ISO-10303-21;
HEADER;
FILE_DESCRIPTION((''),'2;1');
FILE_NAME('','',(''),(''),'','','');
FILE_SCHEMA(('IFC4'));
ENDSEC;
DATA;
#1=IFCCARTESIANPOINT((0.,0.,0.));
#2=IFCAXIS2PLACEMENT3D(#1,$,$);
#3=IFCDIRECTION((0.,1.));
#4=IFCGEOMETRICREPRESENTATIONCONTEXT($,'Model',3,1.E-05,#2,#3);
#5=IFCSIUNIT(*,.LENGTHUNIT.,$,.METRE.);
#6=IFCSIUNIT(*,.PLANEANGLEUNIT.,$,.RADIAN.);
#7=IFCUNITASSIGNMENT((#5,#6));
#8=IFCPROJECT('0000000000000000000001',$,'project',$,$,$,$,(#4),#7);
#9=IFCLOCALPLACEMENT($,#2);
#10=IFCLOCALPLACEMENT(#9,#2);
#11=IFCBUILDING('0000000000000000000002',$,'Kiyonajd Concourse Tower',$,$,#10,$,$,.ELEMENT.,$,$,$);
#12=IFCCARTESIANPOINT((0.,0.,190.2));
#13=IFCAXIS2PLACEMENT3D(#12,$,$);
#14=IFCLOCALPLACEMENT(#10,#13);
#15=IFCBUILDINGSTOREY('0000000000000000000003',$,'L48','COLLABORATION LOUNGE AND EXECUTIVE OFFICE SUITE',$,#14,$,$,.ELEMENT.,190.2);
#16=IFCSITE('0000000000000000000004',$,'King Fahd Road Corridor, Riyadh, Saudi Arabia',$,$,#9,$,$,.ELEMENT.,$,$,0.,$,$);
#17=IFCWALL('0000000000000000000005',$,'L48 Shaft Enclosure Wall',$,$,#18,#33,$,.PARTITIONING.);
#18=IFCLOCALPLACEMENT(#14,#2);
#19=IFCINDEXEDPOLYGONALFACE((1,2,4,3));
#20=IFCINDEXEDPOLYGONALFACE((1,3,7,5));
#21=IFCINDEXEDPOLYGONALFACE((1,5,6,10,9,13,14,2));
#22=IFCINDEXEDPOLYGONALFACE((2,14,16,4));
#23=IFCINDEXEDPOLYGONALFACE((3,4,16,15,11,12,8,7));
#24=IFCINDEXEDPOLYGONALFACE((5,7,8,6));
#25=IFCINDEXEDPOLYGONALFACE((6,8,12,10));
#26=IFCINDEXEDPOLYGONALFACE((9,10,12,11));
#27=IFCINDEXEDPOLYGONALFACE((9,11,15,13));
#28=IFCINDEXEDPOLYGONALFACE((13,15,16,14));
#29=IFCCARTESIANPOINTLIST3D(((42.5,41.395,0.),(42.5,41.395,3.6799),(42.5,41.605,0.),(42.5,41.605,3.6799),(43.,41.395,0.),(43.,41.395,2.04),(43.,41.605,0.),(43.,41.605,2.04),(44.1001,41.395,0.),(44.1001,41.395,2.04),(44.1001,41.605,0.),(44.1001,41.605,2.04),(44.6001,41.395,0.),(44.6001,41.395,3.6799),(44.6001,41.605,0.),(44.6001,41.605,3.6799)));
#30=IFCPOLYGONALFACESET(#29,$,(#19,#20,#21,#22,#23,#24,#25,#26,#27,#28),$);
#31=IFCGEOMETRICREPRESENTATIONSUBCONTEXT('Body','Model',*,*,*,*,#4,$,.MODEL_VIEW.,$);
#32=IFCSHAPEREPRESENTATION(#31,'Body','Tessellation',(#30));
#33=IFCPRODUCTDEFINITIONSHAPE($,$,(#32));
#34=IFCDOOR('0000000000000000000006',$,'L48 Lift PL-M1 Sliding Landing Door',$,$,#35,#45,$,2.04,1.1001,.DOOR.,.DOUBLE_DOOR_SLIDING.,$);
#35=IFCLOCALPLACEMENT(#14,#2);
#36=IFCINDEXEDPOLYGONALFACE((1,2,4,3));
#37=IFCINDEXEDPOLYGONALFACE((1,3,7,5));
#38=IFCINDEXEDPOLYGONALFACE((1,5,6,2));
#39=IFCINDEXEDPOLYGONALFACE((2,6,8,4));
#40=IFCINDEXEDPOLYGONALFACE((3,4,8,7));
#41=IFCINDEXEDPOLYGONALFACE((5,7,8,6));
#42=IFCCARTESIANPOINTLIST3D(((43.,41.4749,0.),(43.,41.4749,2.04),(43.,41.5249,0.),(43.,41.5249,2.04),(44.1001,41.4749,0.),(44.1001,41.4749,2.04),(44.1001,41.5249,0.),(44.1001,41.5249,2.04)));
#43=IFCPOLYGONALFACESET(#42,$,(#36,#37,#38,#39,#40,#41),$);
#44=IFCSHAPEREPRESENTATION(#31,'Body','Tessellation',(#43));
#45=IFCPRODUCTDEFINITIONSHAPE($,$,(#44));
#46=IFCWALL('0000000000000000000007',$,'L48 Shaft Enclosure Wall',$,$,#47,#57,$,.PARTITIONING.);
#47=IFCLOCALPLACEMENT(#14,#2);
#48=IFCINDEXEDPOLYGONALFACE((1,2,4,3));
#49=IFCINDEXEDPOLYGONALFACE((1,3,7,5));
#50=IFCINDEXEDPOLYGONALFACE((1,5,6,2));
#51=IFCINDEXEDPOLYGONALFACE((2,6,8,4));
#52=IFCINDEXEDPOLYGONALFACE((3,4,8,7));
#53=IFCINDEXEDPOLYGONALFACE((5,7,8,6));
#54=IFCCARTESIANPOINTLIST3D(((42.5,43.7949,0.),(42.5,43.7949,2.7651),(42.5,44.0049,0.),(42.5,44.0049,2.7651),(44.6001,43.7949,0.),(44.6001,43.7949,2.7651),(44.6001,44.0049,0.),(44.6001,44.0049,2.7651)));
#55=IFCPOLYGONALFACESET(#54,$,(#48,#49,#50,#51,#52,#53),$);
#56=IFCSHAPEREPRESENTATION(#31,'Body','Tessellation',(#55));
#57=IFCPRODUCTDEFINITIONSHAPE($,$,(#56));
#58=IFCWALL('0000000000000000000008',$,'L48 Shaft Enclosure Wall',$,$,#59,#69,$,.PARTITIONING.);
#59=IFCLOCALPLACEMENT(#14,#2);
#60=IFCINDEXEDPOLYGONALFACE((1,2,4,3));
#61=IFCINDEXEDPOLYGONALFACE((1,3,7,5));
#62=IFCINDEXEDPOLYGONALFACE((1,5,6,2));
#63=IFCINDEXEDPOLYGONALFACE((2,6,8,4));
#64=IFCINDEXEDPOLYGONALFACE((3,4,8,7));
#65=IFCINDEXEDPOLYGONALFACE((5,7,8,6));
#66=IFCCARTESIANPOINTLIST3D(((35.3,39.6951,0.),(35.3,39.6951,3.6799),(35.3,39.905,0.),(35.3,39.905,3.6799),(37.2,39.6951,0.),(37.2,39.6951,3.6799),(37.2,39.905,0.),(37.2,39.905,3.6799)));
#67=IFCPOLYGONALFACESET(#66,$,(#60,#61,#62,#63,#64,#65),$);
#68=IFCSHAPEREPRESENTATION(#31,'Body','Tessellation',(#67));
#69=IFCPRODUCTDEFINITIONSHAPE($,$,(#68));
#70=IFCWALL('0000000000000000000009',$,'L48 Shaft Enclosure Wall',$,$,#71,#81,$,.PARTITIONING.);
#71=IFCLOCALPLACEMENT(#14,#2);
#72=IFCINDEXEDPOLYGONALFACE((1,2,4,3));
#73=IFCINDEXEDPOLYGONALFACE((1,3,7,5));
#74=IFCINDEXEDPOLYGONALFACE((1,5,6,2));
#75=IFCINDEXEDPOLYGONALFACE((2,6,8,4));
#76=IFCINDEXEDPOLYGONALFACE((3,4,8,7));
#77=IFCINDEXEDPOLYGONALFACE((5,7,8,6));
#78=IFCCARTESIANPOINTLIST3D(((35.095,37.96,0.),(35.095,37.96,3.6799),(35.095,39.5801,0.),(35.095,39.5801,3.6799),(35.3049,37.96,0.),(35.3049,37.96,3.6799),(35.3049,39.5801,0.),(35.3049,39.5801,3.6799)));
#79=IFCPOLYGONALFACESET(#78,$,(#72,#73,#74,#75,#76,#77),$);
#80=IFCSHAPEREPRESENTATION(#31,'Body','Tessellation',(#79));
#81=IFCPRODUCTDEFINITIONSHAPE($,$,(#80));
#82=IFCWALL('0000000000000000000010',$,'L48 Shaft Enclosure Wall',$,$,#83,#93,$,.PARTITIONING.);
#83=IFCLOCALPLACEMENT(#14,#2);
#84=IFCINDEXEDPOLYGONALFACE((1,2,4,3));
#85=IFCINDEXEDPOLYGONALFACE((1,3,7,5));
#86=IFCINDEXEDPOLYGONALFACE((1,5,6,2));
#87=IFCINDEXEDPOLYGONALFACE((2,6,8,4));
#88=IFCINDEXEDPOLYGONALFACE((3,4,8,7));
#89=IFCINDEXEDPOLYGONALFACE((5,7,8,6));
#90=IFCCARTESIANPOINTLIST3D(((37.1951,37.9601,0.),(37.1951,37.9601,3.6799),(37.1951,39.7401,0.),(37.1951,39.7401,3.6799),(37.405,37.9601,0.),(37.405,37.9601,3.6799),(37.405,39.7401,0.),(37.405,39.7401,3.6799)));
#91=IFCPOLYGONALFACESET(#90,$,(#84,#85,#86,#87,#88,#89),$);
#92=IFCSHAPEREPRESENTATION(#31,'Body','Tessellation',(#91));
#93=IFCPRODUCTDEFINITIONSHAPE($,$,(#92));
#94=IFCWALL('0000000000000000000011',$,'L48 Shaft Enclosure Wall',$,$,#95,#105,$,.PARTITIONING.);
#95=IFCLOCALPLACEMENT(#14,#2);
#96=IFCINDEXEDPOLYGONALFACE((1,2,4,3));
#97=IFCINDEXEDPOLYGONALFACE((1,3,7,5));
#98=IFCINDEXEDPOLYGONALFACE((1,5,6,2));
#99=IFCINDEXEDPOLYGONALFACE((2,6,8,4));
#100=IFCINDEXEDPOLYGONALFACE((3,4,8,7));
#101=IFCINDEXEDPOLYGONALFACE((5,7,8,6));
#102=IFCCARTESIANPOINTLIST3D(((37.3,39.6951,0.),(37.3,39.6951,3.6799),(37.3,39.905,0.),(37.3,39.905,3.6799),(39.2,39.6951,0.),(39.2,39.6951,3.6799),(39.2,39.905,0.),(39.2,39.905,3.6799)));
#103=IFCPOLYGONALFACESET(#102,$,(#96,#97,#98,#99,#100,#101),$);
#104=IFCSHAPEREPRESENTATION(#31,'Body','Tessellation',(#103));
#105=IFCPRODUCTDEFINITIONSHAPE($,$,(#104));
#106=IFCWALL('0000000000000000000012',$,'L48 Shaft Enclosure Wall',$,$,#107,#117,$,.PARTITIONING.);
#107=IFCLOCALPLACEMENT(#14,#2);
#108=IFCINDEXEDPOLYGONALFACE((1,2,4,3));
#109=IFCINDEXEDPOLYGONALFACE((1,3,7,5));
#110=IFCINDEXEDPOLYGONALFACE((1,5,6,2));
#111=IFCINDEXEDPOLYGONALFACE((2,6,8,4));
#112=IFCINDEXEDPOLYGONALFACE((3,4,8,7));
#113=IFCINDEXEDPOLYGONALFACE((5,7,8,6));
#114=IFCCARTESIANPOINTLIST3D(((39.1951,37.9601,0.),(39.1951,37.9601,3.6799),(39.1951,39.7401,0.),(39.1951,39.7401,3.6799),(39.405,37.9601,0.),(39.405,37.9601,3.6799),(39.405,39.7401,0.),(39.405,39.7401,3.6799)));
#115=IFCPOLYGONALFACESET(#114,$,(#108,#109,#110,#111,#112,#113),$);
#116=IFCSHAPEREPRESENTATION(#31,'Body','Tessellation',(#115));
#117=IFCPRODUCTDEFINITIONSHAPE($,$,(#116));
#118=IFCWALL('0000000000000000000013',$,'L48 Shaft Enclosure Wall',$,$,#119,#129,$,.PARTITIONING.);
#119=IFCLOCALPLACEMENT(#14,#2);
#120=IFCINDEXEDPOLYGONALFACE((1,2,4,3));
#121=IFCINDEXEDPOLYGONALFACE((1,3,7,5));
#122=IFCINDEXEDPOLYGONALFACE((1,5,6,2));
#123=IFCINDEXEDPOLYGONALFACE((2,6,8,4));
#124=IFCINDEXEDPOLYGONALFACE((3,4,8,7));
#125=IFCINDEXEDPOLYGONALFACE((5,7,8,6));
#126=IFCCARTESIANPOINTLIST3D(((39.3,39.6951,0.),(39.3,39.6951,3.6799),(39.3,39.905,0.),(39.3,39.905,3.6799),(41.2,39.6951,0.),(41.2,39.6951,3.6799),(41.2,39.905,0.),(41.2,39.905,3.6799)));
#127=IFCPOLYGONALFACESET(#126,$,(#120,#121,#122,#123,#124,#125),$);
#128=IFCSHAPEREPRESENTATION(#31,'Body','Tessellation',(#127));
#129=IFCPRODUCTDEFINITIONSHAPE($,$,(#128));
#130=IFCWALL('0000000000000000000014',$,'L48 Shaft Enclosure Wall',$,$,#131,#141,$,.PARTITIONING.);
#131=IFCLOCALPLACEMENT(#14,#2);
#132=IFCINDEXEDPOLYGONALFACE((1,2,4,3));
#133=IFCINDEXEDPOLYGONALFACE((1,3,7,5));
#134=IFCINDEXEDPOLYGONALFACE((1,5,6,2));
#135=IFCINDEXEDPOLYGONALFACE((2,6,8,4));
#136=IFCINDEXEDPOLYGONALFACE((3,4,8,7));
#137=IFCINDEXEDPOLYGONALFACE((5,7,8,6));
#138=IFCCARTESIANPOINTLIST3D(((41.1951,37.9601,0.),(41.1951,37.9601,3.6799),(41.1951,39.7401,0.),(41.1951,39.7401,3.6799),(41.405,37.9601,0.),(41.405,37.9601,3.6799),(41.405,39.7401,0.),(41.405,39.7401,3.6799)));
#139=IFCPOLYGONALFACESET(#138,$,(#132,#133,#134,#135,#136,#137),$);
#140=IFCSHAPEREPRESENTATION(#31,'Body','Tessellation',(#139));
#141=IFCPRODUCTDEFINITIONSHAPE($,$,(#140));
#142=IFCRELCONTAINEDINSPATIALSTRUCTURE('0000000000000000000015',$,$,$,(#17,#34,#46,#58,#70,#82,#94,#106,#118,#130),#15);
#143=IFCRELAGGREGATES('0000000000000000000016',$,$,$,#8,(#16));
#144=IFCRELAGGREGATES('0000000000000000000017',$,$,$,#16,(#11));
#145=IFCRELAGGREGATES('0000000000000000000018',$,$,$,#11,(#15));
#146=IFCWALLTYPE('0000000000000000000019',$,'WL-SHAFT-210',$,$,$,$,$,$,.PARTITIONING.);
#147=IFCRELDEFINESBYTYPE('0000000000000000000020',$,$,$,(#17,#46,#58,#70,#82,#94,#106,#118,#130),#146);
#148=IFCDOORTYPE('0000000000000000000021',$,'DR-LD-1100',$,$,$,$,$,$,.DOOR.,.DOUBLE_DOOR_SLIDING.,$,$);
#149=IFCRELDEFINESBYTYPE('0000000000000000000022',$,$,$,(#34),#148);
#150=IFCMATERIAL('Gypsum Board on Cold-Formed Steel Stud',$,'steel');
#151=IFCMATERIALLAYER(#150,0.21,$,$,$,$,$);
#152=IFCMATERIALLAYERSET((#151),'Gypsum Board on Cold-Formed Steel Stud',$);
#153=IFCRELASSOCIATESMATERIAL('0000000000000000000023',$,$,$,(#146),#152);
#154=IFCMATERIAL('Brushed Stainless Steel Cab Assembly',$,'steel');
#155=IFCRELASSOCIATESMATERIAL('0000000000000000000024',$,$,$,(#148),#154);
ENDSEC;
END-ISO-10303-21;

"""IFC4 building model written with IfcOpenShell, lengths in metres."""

from ifc_helpers import new_model, si_unit, direction, frame, frame_2d, origin, place, context, subcontext, project, spatial, rectangle, extrude, material, layer, layer_set, type_object, element, fill, save


model = new_model("IFC4")

# Units and contexts
model_context = context("Model", 3, precision=1e-05, world=origin(), true_north=direction((0.0, 1.0)))
body_context = subcontext(model_context, "Body", "Model", "MODEL_VIEW")
ifc_project = project(units=[si_unit("LENGTHUNIT", "METRE"), si_unit("PLANEANGLEUNIT", "RADIAN")], contexts=[model_context])

# Site, building, storey
site_placement = place(None, origin())
site = spatial("IfcSite", under=ifc_project, at=site_placement, Name="King Fahd Road Corridor, Riyadh, Saudi Arabia", CompositionType="ELEMENT", RefElevation=0.0)
building_placement = place(site_placement, origin())
building = spatial("IfcBuilding", under=site, at=building_placement, Name="Kiyonajd Concourse Tower", CompositionType="ELEMENT")
storey_placement = place(building_placement, frame((0.0, 0.0, 190.2)))
storey = spatial("IfcBuildingStorey", under=building, at=storey_placement, Name="L48", Description="COLLABORATION LOUNGE AND EXECUTIVE OFFICE SUITE", CompositionType="ELEMENT", Elevation=190.2)

# Shared definitions
ifc_material_1 = material(Name="Gypsum Board on Cold-Formed Steel Stud", Category="steel")
ifc_layer_1 = layer(ifc_material_1, 0.21)
ifc_layer_set_1 = layer_set([ifc_layer_1], Name="Gypsum Board on Cold-Formed Steel Stud")
wall_type_1 = type_object("IfcWallType", Name="WL-SHAFT-210", PredefinedType="PARTITIONING", material=ifc_layer_set_1)

# Wall, opening, door
wall_1_placement = place(storey_placement, frame((42.5, 41.5, 0.0), z_axis=(0.0, 0.0, 1.0), x_axis=(1.0, 0.0, 0.0)))
wall_1 = element("IfcWall", 1, at=wall_1_placement, inside=storey, type_object=wall_type_1, Name="L48 Shaft Enclosure Wall", PredefinedType="PARTITIONING", context=body_context, shape_type="SweptSolid", body=[
    extrude(rectangle(XDim=2.1001, YDim=0.21, at=frame_2d((1.05, 0.0))), origin(), (0.0, 0.0, 1.0), 3.6799),
])
opening_1_placement = place(wall_1_placement, frame((0.5, 0.0, 0.0)))
opening_1 = element("IfcOpeningElement", 2, at=opening_1_placement, cuts=wall_1, PredefinedType="OPENING", context=body_context, shape_type="SweptSolid", body=[
    extrude(rectangle(XDim=1.1001, YDim=2.04, at=frame_2d((0.55, 1.02))), frame((0.0, 0.115, 0.0), z_axis=(0.0, -1.0, 0.0), x_axis=(1.0, 0.0, 0.0)), (0.0, 0.0, 1.0), 0.23),
])
ifc_material_2 = material(Name="Brushed Stainless Steel Cab Assembly", Category="steel")
door_type_1 = type_object("IfcDoorType", Name="DR-LD-1100", OperationType="DOUBLE_DOOR_SLIDING", PredefinedType="DOOR", material=ifc_material_2)
door_1_placement = place(opening_1_placement, origin())
door_1 = element("IfcDoor", 3, at=door_1_placement, inside=storey, type_object=door_type_1, Name="L48 Lift PL-M1 Sliding Landing Door", OperationType="DOUBLE_DOOR_SLIDING", OverallHeight=2.04, OverallWidth=1.1001, PredefinedType="DOOR", context=body_context, shape_type="SweptSolid", body=[
    extrude(rectangle(XDim=1.1001, YDim=2.04, at=frame_2d((0.55, 1.02))), frame((0.0, 0.0249, 0.0), z_axis=(0.0, -1.0, 0.0), x_axis=(1.0, 0.0, 0.0)), (0.0, 0.0, 1.0), 0.05),
])
fill(opening_1, door_1)

# Walls
wall_2_placement = place(storey_placement, frame((42.5, 43.8999, 0.0), z_axis=(0.0, 0.0, 1.0), x_axis=(1.0, 0.0, 0.0)))
element("IfcWall", 4, at=wall_2_placement, inside=storey, type_object=wall_type_1, Name="L48 Shaft Enclosure Wall", PredefinedType="PARTITIONING", context=body_context, shape_type="SweptSolid", body=[
    extrude(rectangle(XDim=2.1001, YDim=0.21, at=frame_2d((1.05, 0.0))), origin(), (0.0, 0.0, 1.0), 2.7651),
])
wall_3_placement = place(storey_placement, frame((35.3, 39.8, 0.0), z_axis=(0.0, 0.0, 1.0), x_axis=(1.0, 0.0, 0.0)))
element("IfcWall", 5, at=wall_3_placement, inside=storey, type_object=wall_type_1, Name="L48 Shaft Enclosure Wall", PredefinedType="PARTITIONING", context=body_context, shape_type="SweptSolid", body=[
    extrude(rectangle(XDim=1.8999, YDim=0.21, at=frame_2d((0.95, 0.0))), origin(), (0.0, 0.0, 1.0), 3.6799),
])
wall_4_placement = place(storey_placement, frame((35.2, 37.96, 0.0), z_axis=(0.0, 0.0, 1.0), x_axis=(0.0, 1.0, 0.0)))
element("IfcWall", 6, at=wall_4_placement, inside=storey, type_object=wall_type_1, Name="L48 Shaft Enclosure Wall", PredefinedType="PARTITIONING", context=body_context, shape_type="SweptSolid", body=[
    extrude(rectangle(XDim=1.6201, YDim=0.21, at=frame_2d((0.8101, 0.0))), origin(), (0.0, 0.0, 1.0), 3.6799),
])
wall_5_placement = place(storey_placement, frame((37.3, 37.96, 0.0), z_axis=(0.0, 0.0, 1.0), x_axis=(0.0, 1.0, 0.0)))
element("IfcWall", 7, at=wall_5_placement, inside=storey, type_object=wall_type_1, Name="L48 Shaft Enclosure Wall", PredefinedType="PARTITIONING", context=body_context, shape_type="SweptSolid", body=[
    extrude(rectangle(XDim=1.78, YDim=0.21, at=frame_2d((0.8901, 0.0))), origin(), (0.0, 0.0, 1.0), 3.6799),
])
wall_6_placement = place(storey_placement, frame((37.3, 39.8, 0.0), z_axis=(0.0, 0.0, 1.0), x_axis=(1.0, 0.0, 0.0)))
element("IfcWall", 8, at=wall_6_placement, inside=storey, type_object=wall_type_1, Name="L48 Shaft Enclosure Wall", PredefinedType="PARTITIONING", context=body_context, shape_type="SweptSolid", body=[
    extrude(rectangle(XDim=1.8999, YDim=0.21, at=frame_2d((0.95, 0.0))), origin(), (0.0, 0.0, 1.0), 3.6799),
])
wall_7_placement = place(storey_placement, frame((39.3, 37.96, 0.0), z_axis=(0.0, 0.0, 1.0), x_axis=(0.0, 1.0, 0.0)))
element("IfcWall", 9, at=wall_7_placement, inside=storey, type_object=wall_type_1, Name="L48 Shaft Enclosure Wall", PredefinedType="PARTITIONING", context=body_context, shape_type="SweptSolid", body=[
    extrude(rectangle(XDim=1.78, YDim=0.21, at=frame_2d((0.8901, 0.0))), origin(), (0.0, 0.0, 1.0), 3.6799),
])
wall_8_placement = place(storey_placement, frame((39.3, 39.8, 0.0), z_axis=(0.0, 0.0, 1.0), x_axis=(1.0, 0.0, 0.0)))
element("IfcWall", 10, at=wall_8_placement, inside=storey, type_object=wall_type_1, Name="L48 Shaft Enclosure Wall", PredefinedType="PARTITIONING", context=body_context, shape_type="SweptSolid", body=[
    extrude(rectangle(XDim=1.8999, YDim=0.21, at=frame_2d((0.95, 0.0))), origin(), (0.0, 0.0, 1.0), 3.6799),
])
wall_9_placement = place(storey_placement, frame((41.3, 37.96, 0.0), z_axis=(0.0, 0.0, 1.0), x_axis=(0.0, 1.0, 0.0)))
element("IfcWall", 11, at=wall_9_placement, inside=storey, type_object=wall_type_1, Name="L48 Shaft Enclosure Wall", PredefinedType="PARTITIONING", context=body_context, shape_type="SweptSolid", body=[
    extrude(rectangle(XDim=1.78, YDim=0.21, at=frame_2d((0.8901, 0.0))), origin(), (0.0, 0.0, 1.0), 3.6799),
])

save(model, "model.ifc")
